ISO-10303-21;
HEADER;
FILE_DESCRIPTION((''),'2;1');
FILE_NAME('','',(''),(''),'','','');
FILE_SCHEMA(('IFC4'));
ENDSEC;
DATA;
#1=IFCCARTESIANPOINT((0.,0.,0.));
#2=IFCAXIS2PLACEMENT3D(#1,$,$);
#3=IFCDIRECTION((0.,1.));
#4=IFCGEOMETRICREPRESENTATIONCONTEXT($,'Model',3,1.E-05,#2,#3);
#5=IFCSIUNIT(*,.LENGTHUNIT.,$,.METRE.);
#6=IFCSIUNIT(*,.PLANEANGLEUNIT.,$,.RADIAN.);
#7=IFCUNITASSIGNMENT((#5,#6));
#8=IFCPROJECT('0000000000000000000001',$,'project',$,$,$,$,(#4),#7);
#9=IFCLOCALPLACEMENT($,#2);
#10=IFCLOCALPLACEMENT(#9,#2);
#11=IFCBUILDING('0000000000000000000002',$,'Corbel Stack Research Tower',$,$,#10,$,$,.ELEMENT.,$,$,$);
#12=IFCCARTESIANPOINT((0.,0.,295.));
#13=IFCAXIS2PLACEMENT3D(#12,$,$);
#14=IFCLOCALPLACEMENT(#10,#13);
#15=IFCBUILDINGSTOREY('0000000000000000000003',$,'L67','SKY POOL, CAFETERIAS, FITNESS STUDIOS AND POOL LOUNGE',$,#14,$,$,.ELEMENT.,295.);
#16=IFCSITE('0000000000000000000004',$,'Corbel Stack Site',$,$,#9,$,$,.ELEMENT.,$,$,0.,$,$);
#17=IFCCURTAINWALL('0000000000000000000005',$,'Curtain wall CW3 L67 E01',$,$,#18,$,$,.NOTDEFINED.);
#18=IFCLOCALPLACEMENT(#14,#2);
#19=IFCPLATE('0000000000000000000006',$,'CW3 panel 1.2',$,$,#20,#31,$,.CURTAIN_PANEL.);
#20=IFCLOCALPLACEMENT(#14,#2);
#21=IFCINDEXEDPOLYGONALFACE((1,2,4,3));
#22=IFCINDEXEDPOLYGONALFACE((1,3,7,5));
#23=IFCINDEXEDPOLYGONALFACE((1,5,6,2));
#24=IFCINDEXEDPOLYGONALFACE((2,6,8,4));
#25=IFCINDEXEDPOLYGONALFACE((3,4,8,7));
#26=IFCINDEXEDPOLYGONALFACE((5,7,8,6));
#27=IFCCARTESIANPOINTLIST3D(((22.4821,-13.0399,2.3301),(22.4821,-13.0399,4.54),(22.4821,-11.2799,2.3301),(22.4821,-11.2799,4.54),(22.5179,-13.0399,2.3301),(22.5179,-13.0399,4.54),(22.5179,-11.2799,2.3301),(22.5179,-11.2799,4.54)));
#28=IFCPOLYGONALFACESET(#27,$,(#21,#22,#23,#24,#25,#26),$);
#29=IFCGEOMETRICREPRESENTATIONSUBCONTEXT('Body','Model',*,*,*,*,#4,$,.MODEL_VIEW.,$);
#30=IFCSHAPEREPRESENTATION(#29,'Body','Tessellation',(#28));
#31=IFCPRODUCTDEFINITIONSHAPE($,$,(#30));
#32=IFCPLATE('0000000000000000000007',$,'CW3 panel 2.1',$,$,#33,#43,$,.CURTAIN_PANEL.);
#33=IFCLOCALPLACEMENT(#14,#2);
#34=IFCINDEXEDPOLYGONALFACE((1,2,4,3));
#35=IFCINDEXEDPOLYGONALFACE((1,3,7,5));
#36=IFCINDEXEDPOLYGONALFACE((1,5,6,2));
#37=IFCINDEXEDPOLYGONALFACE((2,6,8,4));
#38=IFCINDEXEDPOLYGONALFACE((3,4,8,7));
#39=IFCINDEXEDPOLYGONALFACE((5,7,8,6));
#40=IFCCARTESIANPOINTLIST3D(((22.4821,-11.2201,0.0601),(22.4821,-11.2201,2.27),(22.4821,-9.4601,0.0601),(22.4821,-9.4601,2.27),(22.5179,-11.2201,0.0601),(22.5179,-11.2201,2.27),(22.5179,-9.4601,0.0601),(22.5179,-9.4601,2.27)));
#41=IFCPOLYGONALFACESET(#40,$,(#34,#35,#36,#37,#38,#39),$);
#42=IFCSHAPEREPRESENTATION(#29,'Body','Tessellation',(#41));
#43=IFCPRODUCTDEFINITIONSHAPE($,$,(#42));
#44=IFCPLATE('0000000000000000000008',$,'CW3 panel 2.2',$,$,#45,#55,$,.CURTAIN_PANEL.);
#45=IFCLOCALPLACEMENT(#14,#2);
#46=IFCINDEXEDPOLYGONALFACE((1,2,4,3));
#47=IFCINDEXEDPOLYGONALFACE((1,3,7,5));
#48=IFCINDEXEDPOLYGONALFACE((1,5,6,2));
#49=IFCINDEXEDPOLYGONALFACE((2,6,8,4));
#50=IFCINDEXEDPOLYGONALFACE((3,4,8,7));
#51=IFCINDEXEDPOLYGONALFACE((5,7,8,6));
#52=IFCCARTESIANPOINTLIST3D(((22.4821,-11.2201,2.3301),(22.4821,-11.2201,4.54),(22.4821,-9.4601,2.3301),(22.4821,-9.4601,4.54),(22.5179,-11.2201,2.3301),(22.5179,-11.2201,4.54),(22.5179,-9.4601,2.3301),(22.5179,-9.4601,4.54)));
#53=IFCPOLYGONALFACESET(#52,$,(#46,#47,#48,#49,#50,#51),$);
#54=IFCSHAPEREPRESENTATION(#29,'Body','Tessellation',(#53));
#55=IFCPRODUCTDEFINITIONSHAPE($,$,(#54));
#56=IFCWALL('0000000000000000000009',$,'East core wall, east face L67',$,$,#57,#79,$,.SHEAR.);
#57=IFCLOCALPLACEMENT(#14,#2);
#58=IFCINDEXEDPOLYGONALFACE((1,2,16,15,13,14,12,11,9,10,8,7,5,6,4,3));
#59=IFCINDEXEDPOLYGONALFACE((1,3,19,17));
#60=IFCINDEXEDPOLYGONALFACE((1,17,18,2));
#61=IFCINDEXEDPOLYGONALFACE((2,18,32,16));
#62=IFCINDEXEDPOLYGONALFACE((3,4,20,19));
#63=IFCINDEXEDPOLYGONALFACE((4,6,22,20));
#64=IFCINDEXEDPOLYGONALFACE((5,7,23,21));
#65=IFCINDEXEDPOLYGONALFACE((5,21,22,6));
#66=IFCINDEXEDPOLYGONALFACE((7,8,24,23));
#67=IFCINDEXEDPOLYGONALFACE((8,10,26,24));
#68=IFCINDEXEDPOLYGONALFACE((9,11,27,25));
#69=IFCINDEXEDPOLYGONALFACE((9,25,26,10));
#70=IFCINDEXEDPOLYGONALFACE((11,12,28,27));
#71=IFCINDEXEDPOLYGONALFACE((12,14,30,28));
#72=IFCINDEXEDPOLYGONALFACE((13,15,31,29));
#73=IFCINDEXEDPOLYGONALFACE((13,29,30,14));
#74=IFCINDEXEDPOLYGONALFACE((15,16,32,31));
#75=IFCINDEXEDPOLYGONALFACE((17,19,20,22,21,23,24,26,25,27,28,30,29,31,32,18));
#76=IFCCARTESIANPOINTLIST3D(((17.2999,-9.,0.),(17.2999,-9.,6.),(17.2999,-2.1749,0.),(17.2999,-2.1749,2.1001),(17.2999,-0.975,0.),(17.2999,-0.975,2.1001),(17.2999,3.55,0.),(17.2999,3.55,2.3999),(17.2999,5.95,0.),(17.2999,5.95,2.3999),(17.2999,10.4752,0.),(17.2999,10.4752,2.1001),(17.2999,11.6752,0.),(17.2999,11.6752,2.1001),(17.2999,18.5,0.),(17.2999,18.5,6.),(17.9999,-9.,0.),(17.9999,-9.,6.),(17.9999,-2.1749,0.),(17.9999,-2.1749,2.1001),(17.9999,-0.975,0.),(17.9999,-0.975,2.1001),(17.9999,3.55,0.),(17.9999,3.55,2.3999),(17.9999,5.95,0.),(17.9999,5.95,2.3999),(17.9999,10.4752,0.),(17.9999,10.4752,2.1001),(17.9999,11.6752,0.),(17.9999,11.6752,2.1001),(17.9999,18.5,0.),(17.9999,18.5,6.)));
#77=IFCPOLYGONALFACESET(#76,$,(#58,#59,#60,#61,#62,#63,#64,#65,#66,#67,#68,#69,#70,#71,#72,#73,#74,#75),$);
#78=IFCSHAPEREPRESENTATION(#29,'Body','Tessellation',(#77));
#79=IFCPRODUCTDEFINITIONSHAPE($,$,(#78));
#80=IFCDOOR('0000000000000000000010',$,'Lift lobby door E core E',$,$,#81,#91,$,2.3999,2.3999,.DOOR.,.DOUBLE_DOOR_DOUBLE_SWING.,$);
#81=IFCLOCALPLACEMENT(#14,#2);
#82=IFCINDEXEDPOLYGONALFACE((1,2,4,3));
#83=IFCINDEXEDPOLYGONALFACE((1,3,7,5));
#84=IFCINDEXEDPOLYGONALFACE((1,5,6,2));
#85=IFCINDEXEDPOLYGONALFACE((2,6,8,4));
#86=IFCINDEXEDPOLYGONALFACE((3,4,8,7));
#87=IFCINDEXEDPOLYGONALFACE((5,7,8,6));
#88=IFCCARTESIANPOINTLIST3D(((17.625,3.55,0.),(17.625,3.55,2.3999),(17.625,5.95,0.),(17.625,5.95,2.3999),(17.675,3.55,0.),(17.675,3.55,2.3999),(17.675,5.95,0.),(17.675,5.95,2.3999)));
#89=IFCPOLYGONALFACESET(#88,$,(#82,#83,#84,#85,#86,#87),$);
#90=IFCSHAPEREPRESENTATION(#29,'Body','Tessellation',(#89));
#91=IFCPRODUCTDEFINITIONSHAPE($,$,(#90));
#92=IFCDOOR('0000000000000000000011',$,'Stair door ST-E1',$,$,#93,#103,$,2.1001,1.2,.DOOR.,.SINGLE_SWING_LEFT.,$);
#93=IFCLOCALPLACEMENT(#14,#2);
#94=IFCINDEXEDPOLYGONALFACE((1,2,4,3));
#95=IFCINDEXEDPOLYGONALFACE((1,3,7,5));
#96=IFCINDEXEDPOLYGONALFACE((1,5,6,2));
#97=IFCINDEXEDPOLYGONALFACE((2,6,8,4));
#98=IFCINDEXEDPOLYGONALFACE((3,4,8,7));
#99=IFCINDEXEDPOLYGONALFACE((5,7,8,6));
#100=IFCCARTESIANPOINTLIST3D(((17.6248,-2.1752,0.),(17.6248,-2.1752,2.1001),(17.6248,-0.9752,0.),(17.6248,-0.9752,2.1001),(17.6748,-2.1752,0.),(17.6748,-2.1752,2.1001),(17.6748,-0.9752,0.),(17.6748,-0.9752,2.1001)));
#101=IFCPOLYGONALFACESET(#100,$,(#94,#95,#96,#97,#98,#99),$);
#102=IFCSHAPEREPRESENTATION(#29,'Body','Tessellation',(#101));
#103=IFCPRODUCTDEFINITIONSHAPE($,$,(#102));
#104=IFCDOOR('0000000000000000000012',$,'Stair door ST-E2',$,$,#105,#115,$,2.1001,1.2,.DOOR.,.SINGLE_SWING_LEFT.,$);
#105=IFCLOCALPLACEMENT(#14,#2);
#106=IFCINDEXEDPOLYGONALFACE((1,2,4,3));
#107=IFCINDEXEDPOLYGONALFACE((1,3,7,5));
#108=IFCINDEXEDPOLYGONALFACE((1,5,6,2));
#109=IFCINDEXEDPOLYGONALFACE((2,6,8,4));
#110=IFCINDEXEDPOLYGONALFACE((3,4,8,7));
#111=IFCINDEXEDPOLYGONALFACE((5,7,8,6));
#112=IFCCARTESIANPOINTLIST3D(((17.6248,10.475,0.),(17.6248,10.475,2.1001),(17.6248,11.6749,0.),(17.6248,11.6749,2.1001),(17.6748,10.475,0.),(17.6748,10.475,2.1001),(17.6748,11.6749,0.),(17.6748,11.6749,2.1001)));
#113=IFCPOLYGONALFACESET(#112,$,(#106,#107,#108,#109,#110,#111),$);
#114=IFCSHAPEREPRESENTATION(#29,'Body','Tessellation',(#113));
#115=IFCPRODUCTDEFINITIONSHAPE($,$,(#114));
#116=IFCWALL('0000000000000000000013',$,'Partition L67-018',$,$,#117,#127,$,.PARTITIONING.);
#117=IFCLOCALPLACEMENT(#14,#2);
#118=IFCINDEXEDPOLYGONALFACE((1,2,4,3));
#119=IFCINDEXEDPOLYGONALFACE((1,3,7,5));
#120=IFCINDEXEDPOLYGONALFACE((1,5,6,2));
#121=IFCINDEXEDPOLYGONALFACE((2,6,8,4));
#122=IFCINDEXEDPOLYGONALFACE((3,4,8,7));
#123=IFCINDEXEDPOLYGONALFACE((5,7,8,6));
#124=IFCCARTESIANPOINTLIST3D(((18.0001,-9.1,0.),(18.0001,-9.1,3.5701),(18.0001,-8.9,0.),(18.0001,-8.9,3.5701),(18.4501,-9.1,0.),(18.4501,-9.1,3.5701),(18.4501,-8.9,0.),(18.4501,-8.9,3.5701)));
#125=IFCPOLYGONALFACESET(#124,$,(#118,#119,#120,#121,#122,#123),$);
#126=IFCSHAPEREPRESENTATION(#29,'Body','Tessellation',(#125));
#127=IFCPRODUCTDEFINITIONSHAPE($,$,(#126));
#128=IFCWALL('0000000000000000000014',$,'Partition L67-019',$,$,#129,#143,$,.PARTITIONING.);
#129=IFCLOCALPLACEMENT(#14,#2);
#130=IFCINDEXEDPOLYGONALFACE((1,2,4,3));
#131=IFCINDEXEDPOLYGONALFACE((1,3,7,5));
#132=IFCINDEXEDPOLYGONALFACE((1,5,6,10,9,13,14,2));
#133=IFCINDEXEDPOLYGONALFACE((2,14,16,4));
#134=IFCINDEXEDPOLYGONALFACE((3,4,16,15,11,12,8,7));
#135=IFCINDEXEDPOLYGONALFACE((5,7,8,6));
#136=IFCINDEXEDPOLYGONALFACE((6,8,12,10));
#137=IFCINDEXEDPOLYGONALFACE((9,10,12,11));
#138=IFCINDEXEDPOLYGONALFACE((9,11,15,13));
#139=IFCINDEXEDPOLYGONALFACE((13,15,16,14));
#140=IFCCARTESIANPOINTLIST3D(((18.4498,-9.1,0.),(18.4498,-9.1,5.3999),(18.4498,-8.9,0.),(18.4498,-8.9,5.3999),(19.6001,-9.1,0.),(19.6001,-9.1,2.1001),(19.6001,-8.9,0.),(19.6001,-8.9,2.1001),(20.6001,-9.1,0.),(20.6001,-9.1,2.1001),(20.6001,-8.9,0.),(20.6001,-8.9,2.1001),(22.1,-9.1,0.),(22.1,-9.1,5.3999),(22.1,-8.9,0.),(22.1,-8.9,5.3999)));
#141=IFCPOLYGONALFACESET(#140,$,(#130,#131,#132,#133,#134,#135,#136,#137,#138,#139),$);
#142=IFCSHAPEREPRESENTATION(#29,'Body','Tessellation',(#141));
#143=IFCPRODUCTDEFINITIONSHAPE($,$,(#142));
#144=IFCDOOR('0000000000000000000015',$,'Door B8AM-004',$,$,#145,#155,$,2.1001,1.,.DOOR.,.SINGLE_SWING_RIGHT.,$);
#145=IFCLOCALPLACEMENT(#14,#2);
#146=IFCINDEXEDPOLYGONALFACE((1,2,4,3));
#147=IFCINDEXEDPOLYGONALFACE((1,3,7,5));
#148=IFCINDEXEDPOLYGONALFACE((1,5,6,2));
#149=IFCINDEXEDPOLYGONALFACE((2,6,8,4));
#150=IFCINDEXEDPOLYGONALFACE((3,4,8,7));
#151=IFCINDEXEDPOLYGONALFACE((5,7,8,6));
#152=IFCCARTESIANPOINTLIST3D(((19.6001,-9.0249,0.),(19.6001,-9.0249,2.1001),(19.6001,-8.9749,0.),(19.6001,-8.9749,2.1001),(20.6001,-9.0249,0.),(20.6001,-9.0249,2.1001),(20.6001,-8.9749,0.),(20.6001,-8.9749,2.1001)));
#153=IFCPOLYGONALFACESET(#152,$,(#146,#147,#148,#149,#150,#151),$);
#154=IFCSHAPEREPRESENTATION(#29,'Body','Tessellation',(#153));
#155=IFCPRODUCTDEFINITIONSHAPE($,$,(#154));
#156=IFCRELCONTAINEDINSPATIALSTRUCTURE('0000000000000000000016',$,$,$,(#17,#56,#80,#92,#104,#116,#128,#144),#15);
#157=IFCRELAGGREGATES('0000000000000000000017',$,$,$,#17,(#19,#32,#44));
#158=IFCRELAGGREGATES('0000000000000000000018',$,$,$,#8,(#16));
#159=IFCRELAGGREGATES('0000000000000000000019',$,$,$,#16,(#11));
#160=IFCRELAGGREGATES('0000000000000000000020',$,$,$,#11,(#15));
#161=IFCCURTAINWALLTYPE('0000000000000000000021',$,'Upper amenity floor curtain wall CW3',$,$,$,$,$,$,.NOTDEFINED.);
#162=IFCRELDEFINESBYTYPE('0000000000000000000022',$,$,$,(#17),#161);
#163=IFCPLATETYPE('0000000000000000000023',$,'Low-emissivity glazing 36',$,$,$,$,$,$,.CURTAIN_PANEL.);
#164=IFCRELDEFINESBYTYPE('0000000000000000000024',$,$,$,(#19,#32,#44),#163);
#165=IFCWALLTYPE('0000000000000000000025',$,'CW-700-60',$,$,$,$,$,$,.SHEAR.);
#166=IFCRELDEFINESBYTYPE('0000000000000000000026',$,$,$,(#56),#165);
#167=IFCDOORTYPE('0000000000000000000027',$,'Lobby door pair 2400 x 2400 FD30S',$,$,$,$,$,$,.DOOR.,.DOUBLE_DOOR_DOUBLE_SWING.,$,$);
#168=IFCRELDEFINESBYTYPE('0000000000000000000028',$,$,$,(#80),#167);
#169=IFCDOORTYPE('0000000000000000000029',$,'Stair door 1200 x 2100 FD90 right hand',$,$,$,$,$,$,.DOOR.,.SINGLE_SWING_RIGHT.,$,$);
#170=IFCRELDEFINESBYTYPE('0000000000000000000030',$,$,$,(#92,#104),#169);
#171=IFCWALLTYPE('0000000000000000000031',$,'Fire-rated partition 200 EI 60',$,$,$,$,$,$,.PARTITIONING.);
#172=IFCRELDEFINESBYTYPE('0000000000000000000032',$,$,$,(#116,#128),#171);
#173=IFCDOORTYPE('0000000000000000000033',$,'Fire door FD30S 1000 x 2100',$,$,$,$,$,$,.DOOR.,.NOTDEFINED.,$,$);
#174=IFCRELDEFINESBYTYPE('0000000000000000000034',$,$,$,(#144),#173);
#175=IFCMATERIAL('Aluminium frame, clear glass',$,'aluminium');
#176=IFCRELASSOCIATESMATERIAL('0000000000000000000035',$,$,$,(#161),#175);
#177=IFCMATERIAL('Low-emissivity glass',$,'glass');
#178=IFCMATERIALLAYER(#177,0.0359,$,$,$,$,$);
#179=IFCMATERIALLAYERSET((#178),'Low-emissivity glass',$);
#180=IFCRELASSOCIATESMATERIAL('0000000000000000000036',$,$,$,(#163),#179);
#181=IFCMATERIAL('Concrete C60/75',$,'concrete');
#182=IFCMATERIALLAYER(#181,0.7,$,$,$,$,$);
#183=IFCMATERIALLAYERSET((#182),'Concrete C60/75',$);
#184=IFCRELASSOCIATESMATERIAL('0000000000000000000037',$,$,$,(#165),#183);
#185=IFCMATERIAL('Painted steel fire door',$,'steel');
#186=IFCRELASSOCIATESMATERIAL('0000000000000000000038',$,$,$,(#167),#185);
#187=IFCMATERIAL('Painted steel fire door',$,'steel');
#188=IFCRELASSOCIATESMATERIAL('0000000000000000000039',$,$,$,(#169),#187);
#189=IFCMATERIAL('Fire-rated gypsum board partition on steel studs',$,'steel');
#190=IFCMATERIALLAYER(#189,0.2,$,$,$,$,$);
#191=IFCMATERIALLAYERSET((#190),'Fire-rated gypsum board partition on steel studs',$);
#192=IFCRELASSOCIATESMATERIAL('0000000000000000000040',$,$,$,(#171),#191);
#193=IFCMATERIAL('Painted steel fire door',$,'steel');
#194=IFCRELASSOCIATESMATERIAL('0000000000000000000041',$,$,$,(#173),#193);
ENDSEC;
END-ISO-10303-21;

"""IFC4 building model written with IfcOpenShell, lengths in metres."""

from ifc_helpers import new_model, si_unit, direction, frame, frame_2d, origin, origin_2d, place, context, subcontext, project, spatial, rectangle, extrude, material, layer, layer_set, type_object, element, fill, aggregate, save


model = new_model("IFC4")

# Units and contexts
model_context = context("Model", 3, precision=1e-05, world=origin(), true_north=direction((0.0, 1.0)))
body_context = subcontext(model_context, "Body", "Model", "MODEL_VIEW")
ifc_project = project(units=[si_unit("LENGTHUNIT", "METRE"), si_unit("PLANEANGLEUNIT", "RADIAN")], contexts=[model_context])

# Site, building, storey
site_placement = place(None, origin())
site = spatial("IfcSite", under=ifc_project, at=site_placement, Name="Corbel Stack Site", CompositionType="ELEMENT", RefElevation=0.0)
building_placement = place(site_placement, origin())
building = spatial("IfcBuilding", under=site, at=building_placement, Name="Corbel Stack Research Tower", CompositionType="ELEMENT")
storey_placement = place(building_placement, frame((0.0, 0.0, 295.0)))
storey = spatial("IfcBuildingStorey", under=building, at=storey_placement, Name="L67", Description="SKY POOL, CAFETERIAS, FITNESS STUDIOS AND POOL LOUNGE", CompositionType="ELEMENT", Elevation=295.0)

# Curtain wall
ifc_material_1 = material(Name="Aluminium frame, clear glass", Category="aluminium")
curtain_wall_type = type_object("IfcCurtainWallType", Name="Upper amenity floor curtain wall CW3", PredefinedType="NOTDEFINED", material=ifc_material_1)
curtain_wall_placement = place(storey_placement, origin())
curtain_wall = element("IfcCurtainWall", 1, at=curtain_wall_placement, inside=storey, type_object=curtain_wall_type, Name="Curtain wall CW3 L67 E01", PredefinedType="NOTDEFINED")

# Plates
ifc_material_2 = material(Name="Low-emissivity glass", Category="glass")
ifc_layer_1 = layer(ifc_material_2, 0.0359)
ifc_layer_set_1 = layer_set([ifc_layer_1], Name="Low-emissivity glass")
plate_type = type_object("IfcPlateType", Name="Low-emissivity glazing 36", PredefinedType="CURTAIN_PANEL", material=ifc_layer_set_1)
plate_1_placement = place(storey_placement, frame((22.5, -12.1599, 2.3301), z_axis=(0.0, 0.0, 1.0), x_axis=(0.0, 1.0, 0.0)))
plate_1 = element("IfcPlate", 2, at=plate_1_placement, type_object=plate_type, Name="CW3 panel 1.2", PredefinedType="CURTAIN_PANEL", context=body_context, shape_type="SweptSolid", body=[
    extrude(rectangle(XDim=1.76, YDim=0.0359, at=origin_2d()), origin(), (0.0, 0.0, 1.0), 2.21),
])
plate_2_placement = place(storey_placement, frame((22.5, -10.3401, 0.0601), z_axis=(0.0, 0.0, 1.0), x_axis=(0.0, 1.0, 0.0)))
plate_2 = element("IfcPlate", 3, at=plate_2_placement, type_object=plate_type, Name="CW3 panel 2.1", PredefinedType="CURTAIN_PANEL", context=body_context, shape_type="SweptSolid", body=[
    extrude(rectangle(XDim=1.76, YDim=0.0359, at=origin_2d()), origin(), (0.0, 0.0, 1.0), 2.21),
])
plate_3_placement = place(storey_placement, frame((22.5, -10.3401, 2.3301), z_axis=(0.0, 0.0, 1.0), x_axis=(0.0, 1.0, 0.0)))
plate_3 = element("IfcPlate", 4, at=plate_3_placement, type_object=plate_type, Name="CW3 panel 2.2", PredefinedType="CURTAIN_PANEL", context=body_context, shape_type="SweptSolid", body=[
    extrude(rectangle(XDim=1.76, YDim=0.0359, at=origin_2d()), origin(), (0.0, 0.0, 1.0), 2.21),
])
aggregate(curtain_wall, [plate_1, plate_2, plate_3])

# Wall, openings, doors
ifc_material_3 = material(Name="Concrete C60/75", Category="concrete")
ifc_layer_2 = layer(ifc_material_3, 0.7)
ifc_layer_set_2 = layer_set([ifc_layer_2], Name="Concrete C60/75")
wall_type_1 = type_object("IfcWallType", Name="CW-700-60", PredefinedType="SHEAR", material=ifc_layer_set_2)
wall_1_placement = place(storey_placement, frame((17.6499, -9.0, 0.0), z_axis=(0.0, 0.0, 1.0), x_axis=(0.0, 1.0, 0.0)))
wall_1 = element("IfcWall", 5, at=wall_1_placement, inside=storey, type_object=wall_type_1, Name="East core wall, east face L67", PredefinedType="SHEAR", context=body_context, shape_type="SweptSolid", body=[
    extrude(rectangle(XDim=27.5, YDim=0.7, at=frame_2d((13.75, 0.0))), origin(), (0.0, 0.0, 1.0), 6.0),
])
opening_1_placement = place(wall_1_placement, frame((12.55, 0.0, 0.0)))
opening_1 = element("IfcOpeningElement", 6, at=opening_1_placement, cuts=wall_1, PredefinedType="OPENING", context=body_context, shape_type="SweptSolid", body=[
    extrude(rectangle(XDim=2.3999, YDim=2.3999, at=frame_2d((1.2, 1.2))), frame((0.0, 0.3599, 0.0), z_axis=(0.0, -1.0, 0.0), x_axis=(1.0, 0.0, 0.0)), (0.0, 0.0, 1.0), 0.72),
])
opening_2_placement = place(wall_1_placement, frame((6.825, 0.0, 0.0)))
opening_2 = element("IfcOpeningElement", 7, at=opening_2_placement, cuts=wall_1, PredefinedType="OPENING", context=body_context, shape_type="SweptSolid", body=[
    extrude(rectangle(XDim=1.2, YDim=2.1001, at=frame_2d((0.6001, 1.05))), frame((0.0, 0.3599, 0.0), z_axis=(0.0, -1.0, 0.0), x_axis=(1.0, 0.0, 0.0)), (0.0, 0.0, 1.0), 0.72),
])
opening_3_placement = place(wall_1_placement, frame((19.4751, 0.0, 0.0)))
opening_3 = element("IfcOpeningElement", 8, at=opening_3_placement, cuts=wall_1, PredefinedType="OPENING", context=body_context, shape_type="SweptSolid", body=[
    extrude(rectangle(XDim=1.2, YDim=2.1001, at=frame_2d((0.6001, 1.05))), frame((0.0, 0.3599, 0.0), z_axis=(0.0, -1.0, 0.0), x_axis=(1.0, 0.0, 0.0)), (0.0, 0.0, 1.0), 0.72),
])
ifc_material_4 = material(Name="Painted steel fire door", Category="steel")
door_type_1 = type_object("IfcDoorType", Name="Lobby door pair 2400 x 2400 FD30S", OperationType="DOUBLE_DOOR_DOUBLE_SWING", PredefinedType="DOOR", material=ifc_material_4)
door_1_placement = place(opening_1_placement, origin())
door_1 = element("IfcDoor", 9, at=door_1_placement, inside=storey, type_object=door_type_1, Name="Lift lobby door E core E", OperationType="DOUBLE_DOOR_DOUBLE_SWING", OverallHeight=2.3999, OverallWidth=2.3999, PredefinedType="DOOR", context=body_context, shape_type="SweptSolid", body=[
    extrude(rectangle(XDim=2.3999, YDim=2.3999, at=frame_2d((1.2, 1.2))), frame((0.0, 0.0249, 0.0), z_axis=(0.0, -1.0, 0.0), x_axis=(1.0, 0.0, 0.0)), (0.0, 0.0, 1.0), 0.05),
])
fill(opening_1, door_1)
ifc_material_5 = material(Name="Painted steel fire door", Category="steel")
door_type_2 = type_object("IfcDoorType", Name="Stair door 1200 x 2100 FD90 right hand", OperationType="SINGLE_SWING_RIGHT", PredefinedType="DOOR", material=ifc_material_5)
door_2_placement = place(opening_2_placement, frame((1.2, 0.0, 0.0), z_axis=(0.0, 0.0, 1.0), x_axis=(-1.0, 0.0, 0.0)))
door_2 = element("IfcDoor", 10, at=door_2_placement, inside=storey, type_object=door_type_2, Name="Stair door ST-E1", OperationType="SINGLE_SWING_LEFT", OverallHeight=2.1001, OverallWidth=1.2, PredefinedType="DOOR", context=body_context, shape_type="SweptSolid", body=[
    extrude(rectangle(XDim=1.2, YDim=2.1001, at=frame_2d((0.6001, 1.05))), frame((0.0, 0.0249, 0.0), z_axis=(0.0, -1.0, 0.0), x_axis=(1.0, 0.0, 0.0)), (0.0, 0.0, 1.0), 0.05),
])
fill(opening_2, door_2)
door_3_placement = place(opening_3_placement, frame((1.2, 0.0, 0.0), z_axis=(0.0, 0.0, 1.0), x_axis=(-1.0, 0.0, 0.0)))
door_3 = element("IfcDoor", 11, at=door_3_placement, inside=storey, type_object=door_type_2, Name="Stair door ST-E2", OperationType="SINGLE_SWING_LEFT", OverallHeight=2.1001, OverallWidth=1.2, PredefinedType="DOOR", context=body_context, shape_type="SweptSolid", body=[
    extrude(rectangle(XDim=1.2, YDim=2.1001, at=frame_2d((0.6001, 1.05))), frame((0.0, 0.0249, 0.0), z_axis=(0.0, -1.0, 0.0), x_axis=(1.0, 0.0, 0.0)), (0.0, 0.0, 1.0), 0.05),
])
fill(opening_3, door_3)

# Wall
ifc_material_6 = material(Name="Fire-rated gypsum board partition on steel studs", Category="steel")
ifc_layer_3 = layer(ifc_material_6, 0.2)
ifc_layer_set_3 = layer_set([ifc_layer_3], Name="Fire-rated gypsum board partition on steel studs")
wall_type_2 = type_object("IfcWallType", Name="Fire-rated partition 200 EI 60", PredefinedType="PARTITIONING", material=ifc_layer_set_3)
wall_2_placement = place(storey_placement, frame((18.0, -9.0, 0.0), z_axis=(0.0, 0.0, 1.0), x_axis=(1.0, 0.0, 0.0)))
element("IfcWall", 12, at=wall_2_placement, inside=storey, type_object=wall_type_2, Name="Partition L67-018", PredefinedType="PARTITIONING", context=body_context, shape_type="SweptSolid", body=[
    extrude(rectangle(XDim=0.45, YDim=0.2, at=frame_2d((0.2251, 0.0))), origin(), (0.0, 0.0, 1.0), 3.5701),
])

# Wall, opening, door
wall_3_placement = place(storey_placement, frame((22.1001, -9.0, 0.0), z_axis=(0.0, 0.0, 1.0), x_axis=(-1.0, 0.0, 0.0)))
wall_3 = element("IfcWall", 13, at=wall_3_placement, inside=storey, type_object=wall_type_2, Name="Partition L67-019", PredefinedType="PARTITIONING", context=body_context, shape_type="SweptSolid", body=[
    extrude(rectangle(XDim=3.6501, YDim=0.2, at=frame_2d((1.8252, 0.0))), origin(), (0.0, 0.0, 1.0), 5.3999),
])
opening_4_placement = place(wall_3_placement, frame((1.5, 0.0, 0.0)))
opening_4 = element("IfcOpeningElement", 14, at=opening_4_placement, cuts=wall_3, PredefinedType="OPENING", context=body_context, shape_type="SweptSolid", body=[
    extrude(rectangle(XDim=1.0, YDim=2.1001, at=frame_2d((0.5, 1.05))), frame((0.0, 0.1099, 0.0), z_axis=(0.0, -1.0, 0.0), x_axis=(1.0, 0.0, 0.0)), (0.0, 0.0, 1.0), 0.22),
])
ifc_material_7 = material(Name="Painted steel fire door", Category="steel")
door_type_3 = type_object("IfcDoorType", Name="Fire door FD30S 1000 x 2100", OperationType="NOTDEFINED", PredefinedType="DOOR", material=ifc_material_7)
door_4_placement = place(opening_4_placement, origin())
door_4 = element("IfcDoor", 15, at=door_4_placement, inside=storey, type_object=door_type_3, Name="Door B8AM-004", OperationType="SINGLE_SWING_RIGHT", OverallHeight=2.1001, OverallWidth=1.0, PredefinedType="DOOR", context=body_context, shape_type="SweptSolid", body=[
    extrude(rectangle(XDim=1.0, YDim=2.1001, at=frame_2d((0.5, 1.05))), frame((0.0, 0.0249, 0.0), z_axis=(0.0, -1.0, 0.0), x_axis=(1.0, 0.0, 0.0)), (0.0, 0.0, 1.0), 0.05),
])
fill(opening_4, door_4)

save(model, "model.ifc")
